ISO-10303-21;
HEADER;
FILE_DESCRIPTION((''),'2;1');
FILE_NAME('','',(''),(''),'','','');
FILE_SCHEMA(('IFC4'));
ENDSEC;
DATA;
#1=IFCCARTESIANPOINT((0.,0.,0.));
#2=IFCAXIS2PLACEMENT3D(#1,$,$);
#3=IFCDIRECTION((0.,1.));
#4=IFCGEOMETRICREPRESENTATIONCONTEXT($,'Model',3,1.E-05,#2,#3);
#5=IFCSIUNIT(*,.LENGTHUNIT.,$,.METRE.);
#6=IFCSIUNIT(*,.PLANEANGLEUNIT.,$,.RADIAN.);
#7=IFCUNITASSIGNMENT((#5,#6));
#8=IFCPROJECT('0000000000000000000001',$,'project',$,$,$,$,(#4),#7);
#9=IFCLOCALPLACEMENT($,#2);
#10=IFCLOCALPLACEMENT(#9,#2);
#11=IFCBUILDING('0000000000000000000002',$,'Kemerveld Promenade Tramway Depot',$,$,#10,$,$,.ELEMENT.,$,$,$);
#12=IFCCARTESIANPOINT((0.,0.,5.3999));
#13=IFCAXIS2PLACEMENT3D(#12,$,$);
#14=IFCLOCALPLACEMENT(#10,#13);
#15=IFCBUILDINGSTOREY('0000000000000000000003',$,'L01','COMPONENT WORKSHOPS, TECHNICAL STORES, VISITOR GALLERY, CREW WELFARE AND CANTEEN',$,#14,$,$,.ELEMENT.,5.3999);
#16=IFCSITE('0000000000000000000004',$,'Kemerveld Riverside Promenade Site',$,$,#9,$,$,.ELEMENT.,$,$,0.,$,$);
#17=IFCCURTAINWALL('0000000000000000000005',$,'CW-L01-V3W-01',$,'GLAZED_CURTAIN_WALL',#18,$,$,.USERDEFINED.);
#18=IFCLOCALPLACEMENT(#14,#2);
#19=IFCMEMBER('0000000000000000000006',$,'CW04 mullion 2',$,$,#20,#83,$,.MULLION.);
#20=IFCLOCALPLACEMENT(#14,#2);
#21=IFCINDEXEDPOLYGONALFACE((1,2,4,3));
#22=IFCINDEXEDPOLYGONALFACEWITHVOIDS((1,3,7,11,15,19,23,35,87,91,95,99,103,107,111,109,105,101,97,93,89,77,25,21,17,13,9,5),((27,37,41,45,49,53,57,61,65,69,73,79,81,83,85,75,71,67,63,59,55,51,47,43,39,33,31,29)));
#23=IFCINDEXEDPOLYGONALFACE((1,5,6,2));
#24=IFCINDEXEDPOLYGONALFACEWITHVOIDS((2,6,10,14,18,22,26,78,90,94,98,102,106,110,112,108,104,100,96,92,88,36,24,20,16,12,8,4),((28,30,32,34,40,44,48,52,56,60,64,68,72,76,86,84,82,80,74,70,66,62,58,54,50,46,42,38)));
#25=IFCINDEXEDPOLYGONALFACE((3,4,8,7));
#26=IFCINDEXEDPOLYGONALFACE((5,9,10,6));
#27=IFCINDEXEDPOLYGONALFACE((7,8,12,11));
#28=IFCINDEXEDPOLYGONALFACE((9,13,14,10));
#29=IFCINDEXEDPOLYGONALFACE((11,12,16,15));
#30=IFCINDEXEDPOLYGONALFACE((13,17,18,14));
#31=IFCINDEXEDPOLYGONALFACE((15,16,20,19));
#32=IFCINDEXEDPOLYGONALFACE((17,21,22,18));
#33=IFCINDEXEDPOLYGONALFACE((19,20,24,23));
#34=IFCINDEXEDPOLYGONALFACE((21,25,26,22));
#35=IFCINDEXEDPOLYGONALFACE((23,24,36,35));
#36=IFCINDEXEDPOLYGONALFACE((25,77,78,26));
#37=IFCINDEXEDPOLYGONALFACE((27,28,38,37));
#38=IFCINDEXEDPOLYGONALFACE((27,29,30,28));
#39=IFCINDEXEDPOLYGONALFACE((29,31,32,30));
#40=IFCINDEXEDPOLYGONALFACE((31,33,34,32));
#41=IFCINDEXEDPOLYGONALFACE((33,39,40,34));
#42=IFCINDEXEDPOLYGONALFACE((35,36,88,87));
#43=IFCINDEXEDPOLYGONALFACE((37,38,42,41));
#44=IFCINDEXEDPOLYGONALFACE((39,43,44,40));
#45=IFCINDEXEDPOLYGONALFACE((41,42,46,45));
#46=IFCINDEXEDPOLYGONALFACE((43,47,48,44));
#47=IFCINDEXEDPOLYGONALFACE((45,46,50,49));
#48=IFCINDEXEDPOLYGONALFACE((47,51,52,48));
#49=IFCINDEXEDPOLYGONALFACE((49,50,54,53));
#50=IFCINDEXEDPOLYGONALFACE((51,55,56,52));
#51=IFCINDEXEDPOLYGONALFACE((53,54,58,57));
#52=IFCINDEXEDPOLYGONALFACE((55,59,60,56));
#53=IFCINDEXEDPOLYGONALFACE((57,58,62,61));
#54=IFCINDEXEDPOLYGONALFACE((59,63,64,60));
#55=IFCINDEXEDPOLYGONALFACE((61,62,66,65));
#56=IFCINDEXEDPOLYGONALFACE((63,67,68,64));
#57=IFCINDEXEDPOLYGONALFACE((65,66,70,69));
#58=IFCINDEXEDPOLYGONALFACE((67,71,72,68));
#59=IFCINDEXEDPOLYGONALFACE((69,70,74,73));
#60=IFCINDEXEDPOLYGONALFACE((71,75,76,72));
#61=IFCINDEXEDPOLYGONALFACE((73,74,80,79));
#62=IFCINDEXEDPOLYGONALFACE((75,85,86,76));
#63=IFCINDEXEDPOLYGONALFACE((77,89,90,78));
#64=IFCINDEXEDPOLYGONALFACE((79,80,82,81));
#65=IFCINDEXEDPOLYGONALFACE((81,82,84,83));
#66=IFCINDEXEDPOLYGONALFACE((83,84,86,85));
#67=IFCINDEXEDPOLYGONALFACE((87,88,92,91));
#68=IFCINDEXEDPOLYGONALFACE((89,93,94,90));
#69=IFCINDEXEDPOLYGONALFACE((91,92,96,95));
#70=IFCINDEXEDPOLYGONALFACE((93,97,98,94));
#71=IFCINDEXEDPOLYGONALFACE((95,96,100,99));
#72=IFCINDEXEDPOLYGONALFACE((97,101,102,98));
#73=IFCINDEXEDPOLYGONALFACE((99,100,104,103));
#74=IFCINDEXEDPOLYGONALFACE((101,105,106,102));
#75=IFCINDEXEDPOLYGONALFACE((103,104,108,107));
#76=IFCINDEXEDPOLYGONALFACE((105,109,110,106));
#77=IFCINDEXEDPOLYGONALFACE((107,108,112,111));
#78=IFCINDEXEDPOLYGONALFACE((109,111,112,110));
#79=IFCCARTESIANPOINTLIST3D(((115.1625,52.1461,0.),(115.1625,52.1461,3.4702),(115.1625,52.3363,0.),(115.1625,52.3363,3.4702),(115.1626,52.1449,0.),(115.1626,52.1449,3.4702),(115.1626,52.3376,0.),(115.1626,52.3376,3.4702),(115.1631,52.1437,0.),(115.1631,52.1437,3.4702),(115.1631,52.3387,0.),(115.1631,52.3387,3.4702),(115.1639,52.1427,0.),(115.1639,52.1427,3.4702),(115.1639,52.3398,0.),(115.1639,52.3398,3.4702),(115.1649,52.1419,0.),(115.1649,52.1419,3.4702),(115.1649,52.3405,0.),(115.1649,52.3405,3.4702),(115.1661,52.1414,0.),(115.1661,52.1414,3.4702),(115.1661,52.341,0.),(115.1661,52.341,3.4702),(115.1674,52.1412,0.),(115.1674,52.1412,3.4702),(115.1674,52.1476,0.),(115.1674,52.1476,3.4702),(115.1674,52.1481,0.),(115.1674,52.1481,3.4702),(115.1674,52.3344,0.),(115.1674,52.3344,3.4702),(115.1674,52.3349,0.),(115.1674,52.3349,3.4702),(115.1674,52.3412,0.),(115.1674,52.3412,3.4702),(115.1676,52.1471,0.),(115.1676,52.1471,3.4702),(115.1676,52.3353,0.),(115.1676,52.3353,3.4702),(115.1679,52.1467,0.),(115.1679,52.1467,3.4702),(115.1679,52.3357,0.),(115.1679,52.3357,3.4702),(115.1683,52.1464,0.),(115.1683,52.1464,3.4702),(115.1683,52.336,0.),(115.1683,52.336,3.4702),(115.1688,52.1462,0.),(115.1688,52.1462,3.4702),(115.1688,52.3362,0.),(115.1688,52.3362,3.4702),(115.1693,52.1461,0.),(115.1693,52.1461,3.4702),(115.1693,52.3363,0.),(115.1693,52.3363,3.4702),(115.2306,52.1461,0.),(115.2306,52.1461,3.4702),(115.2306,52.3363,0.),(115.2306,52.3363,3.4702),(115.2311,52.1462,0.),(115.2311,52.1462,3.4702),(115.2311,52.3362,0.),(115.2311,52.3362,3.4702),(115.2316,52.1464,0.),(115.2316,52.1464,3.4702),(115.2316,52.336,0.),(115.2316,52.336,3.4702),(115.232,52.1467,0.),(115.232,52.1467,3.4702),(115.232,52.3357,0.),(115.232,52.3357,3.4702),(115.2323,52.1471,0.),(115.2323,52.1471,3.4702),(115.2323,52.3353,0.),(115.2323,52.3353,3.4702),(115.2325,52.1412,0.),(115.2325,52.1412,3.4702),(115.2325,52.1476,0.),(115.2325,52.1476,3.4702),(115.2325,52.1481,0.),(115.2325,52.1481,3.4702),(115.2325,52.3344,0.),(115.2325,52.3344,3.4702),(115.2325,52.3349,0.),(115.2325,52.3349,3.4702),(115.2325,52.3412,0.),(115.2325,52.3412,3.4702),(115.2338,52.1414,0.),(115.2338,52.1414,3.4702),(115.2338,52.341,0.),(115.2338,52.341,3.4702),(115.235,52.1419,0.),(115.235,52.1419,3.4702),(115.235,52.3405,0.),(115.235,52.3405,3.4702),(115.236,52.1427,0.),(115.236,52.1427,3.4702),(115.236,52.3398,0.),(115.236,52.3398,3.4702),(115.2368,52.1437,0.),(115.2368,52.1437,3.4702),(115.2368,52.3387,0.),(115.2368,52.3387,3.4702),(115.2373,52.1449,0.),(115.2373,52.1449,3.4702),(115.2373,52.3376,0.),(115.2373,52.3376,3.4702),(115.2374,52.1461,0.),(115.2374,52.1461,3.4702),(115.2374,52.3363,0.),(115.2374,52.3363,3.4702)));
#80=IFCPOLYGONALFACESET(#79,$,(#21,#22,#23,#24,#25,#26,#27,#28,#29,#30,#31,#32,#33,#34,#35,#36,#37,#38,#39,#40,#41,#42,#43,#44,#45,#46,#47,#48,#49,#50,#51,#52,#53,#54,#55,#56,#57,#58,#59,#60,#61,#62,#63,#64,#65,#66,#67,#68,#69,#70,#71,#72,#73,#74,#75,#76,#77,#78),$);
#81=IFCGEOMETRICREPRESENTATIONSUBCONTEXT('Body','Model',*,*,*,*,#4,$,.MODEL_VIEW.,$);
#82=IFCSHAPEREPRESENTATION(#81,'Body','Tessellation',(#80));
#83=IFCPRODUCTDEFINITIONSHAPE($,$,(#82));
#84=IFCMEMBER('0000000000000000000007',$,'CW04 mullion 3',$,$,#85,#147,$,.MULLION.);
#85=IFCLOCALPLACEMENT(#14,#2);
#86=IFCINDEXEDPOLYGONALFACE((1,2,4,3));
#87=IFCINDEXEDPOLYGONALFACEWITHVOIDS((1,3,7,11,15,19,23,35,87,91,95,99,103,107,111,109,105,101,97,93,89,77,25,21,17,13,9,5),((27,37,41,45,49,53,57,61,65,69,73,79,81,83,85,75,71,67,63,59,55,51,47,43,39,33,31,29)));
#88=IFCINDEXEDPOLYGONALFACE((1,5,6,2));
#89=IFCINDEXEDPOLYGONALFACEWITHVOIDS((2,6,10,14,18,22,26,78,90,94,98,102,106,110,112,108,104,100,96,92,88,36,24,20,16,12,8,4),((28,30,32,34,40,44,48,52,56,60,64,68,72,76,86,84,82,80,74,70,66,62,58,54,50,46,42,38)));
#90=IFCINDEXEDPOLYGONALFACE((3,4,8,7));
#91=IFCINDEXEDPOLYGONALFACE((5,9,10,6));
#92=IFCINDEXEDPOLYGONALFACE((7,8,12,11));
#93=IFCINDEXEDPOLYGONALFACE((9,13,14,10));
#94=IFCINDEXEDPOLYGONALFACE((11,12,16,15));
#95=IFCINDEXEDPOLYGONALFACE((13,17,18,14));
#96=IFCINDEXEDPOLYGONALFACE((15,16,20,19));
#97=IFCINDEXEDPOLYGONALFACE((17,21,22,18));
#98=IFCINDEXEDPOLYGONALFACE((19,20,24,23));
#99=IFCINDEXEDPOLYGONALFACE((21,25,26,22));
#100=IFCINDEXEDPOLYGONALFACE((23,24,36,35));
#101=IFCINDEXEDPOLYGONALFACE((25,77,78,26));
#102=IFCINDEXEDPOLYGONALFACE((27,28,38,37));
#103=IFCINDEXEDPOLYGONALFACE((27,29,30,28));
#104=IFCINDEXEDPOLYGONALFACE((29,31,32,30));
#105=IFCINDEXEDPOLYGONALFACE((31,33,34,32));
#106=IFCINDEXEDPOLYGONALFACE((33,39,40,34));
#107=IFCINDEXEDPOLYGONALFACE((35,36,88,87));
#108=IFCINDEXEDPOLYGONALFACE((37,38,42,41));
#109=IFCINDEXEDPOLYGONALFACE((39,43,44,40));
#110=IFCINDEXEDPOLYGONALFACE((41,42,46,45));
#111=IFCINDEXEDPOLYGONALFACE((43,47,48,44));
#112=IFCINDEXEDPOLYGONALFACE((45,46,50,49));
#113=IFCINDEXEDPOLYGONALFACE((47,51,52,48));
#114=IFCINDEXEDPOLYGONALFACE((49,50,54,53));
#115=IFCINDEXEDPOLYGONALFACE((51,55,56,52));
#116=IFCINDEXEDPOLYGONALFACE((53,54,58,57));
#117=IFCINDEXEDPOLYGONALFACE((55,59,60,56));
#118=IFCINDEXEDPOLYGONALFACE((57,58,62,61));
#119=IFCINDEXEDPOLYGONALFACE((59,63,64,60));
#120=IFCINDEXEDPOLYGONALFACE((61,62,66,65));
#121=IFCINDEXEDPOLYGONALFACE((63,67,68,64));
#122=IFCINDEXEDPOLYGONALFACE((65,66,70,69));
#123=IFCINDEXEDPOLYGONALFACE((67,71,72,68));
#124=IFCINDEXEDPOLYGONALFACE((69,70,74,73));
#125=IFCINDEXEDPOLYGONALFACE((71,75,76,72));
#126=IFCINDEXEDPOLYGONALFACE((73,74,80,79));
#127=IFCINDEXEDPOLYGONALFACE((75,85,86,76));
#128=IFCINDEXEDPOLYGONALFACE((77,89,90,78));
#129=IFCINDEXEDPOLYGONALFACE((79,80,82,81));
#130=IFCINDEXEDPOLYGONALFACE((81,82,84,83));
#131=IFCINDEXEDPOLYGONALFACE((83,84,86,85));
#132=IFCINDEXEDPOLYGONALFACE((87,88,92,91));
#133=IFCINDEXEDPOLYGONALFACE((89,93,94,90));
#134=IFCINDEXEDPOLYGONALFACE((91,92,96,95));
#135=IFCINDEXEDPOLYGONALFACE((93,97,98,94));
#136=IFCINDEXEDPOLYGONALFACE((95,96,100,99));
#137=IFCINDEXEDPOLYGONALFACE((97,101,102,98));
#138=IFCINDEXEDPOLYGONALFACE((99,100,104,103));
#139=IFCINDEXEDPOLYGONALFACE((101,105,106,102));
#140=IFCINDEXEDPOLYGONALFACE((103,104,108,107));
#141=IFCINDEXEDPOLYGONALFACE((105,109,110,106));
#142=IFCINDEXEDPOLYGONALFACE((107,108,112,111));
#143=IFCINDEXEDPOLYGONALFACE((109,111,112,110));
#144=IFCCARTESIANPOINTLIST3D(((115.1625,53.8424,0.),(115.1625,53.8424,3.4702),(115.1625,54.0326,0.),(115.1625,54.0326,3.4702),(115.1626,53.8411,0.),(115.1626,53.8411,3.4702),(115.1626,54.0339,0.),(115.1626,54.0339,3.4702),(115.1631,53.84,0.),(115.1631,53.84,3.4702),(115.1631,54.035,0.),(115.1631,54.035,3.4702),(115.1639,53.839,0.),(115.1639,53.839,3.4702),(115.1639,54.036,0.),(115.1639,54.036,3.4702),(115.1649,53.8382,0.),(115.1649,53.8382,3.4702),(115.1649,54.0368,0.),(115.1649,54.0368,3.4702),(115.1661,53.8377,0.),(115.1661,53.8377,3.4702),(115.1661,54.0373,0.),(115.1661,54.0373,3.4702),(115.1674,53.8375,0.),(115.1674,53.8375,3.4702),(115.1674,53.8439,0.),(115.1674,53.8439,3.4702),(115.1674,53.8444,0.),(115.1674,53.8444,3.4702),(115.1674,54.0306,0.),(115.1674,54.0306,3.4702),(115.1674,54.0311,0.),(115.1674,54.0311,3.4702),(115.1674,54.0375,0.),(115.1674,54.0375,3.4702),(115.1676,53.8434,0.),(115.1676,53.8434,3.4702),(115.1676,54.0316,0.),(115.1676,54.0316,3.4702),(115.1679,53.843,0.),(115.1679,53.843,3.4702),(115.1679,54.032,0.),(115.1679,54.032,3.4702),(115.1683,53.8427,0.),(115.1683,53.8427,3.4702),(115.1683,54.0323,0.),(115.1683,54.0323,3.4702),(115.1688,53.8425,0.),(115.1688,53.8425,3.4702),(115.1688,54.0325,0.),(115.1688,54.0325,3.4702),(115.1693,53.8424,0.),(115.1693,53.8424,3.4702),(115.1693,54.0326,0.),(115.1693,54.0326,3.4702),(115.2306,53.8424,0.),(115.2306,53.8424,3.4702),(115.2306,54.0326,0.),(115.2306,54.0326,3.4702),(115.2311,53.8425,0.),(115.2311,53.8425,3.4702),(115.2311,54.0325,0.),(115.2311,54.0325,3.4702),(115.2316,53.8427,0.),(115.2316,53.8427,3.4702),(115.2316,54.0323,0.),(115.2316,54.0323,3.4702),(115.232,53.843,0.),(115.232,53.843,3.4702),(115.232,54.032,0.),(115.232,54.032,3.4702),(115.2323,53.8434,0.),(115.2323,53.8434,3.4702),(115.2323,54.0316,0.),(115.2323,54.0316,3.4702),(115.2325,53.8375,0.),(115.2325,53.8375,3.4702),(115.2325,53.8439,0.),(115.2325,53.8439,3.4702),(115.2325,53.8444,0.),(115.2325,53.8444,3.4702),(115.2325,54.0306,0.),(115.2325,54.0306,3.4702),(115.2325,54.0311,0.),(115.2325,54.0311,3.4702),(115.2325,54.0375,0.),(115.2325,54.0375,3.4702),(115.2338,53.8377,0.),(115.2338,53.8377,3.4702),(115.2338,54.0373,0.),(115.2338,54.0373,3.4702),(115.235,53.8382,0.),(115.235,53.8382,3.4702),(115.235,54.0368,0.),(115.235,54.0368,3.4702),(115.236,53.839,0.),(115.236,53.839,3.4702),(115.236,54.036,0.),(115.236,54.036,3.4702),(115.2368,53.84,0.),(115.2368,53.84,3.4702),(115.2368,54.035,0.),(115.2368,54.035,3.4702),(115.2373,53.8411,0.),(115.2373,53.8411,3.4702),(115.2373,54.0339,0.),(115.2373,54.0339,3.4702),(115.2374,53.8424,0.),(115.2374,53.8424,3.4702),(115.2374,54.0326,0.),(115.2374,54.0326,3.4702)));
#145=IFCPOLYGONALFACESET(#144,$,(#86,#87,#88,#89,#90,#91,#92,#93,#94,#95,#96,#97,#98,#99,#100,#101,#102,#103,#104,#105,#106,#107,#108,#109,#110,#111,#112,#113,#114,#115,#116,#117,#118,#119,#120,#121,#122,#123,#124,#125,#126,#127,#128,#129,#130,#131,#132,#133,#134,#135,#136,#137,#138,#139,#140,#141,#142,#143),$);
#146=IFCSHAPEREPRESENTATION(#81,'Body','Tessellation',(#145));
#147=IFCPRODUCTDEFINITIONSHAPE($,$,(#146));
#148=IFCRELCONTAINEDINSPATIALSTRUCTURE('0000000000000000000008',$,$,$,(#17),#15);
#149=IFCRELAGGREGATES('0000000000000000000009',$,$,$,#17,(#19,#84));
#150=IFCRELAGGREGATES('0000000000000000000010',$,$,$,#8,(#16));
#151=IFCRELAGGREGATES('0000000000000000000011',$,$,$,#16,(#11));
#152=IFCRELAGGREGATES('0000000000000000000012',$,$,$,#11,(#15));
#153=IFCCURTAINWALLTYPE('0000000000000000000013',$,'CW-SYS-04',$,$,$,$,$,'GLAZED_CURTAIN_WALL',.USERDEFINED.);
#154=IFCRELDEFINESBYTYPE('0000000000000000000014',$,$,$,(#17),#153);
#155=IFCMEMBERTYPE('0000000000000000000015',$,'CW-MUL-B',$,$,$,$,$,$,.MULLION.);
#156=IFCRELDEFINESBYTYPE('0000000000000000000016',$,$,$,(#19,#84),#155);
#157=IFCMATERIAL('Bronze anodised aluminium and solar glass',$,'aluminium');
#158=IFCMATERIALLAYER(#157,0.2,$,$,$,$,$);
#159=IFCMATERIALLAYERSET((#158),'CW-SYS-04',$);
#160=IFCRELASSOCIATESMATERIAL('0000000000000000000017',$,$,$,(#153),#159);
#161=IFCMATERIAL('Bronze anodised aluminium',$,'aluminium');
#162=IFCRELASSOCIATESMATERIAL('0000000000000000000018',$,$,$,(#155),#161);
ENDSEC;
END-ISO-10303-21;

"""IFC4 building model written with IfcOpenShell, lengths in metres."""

from ifc_helpers import new_model, si_unit, direction, frame, origin, origin_2d, place, context, subcontext, project, spatial, hollow_rectangle, extrude, material, layer, layer_set, material_profile, profile_set, type_object, element, aggregate, save


model = new_model("IFC4")

# Units and contexts
model_context = context("Model", 3, precision=1e-05, world=origin(), true_north=direction((0.0, 1.0)))
body_context = subcontext(model_context, "Body", "Model", "MODEL_VIEW")
ifc_project = project(units=[si_unit("LENGTHUNIT", "METRE"), si_unit("PLANEANGLEUNIT", "RADIAN")], contexts=[model_context])

# Site, building, storey
site_placement = place(None, origin())
site = spatial("IfcSite", under=ifc_project, at=site_placement, Name="Kemerveld Riverside Promenade Site", CompositionType="ELEMENT", RefElevation=0.0)
building_placement = place(site_placement, origin())
building = spatial("IfcBuilding", under=site, at=building_placement, Name="Kemerveld Promenade Tramway Depot", CompositionType="ELEMENT")
storey_placement = place(building_placement, frame((0.0, 0.0, 5.3999)))
storey = spatial("IfcBuildingStorey", under=building, at=storey_placement, Name="L01", Description="COMPONENT WORKSHOPS, TECHNICAL STORES, VISITOR GALLERY, CREW WELFARE AND CANTEEN", CompositionType="ELEMENT", Elevation=5.3999)

# Curtain wall, members
ifc_material_1 = material(Name="Bronze anodised aluminium and solar glass", Category="aluminium")
ifc_layer_1 = layer(ifc_material_1, 0.2)
ifc_layer_set_1 = layer_set([ifc_layer_1], Name="CW-SYS-04")
curtain_wall_type = type_object("IfcCurtainWallType", Name="CW-SYS-04", ElementType="GLAZED_CURTAIN_WALL", PredefinedType="USERDEFINED", material=ifc_layer_set_1)
curtain_wall_placement = place(storey_placement, origin())
curtain_wall = element("IfcCurtainWall", 1, at=curtain_wall_placement, inside=storey, type_object=curtain_wall_type, Name="CW-L01-V3W-01", ObjectType="GLAZED_CURTAIN_WALL", PredefinedType="USERDEFINED")
ifc_material_2 = material(Name="Bronze anodised aluminium", Category="aluminium")
ifc_material_profile_1 = material_profile(ifc_material_2, hollow_rectangle(XDim=0.075, YDim=0.2, WallThickness=0.0049, InnerFilletRadius=0.002, OuterFilletRadius=0.0049, at=origin_2d()), Name="CW-MUL-200x75")
ifc_profile_set_1 = profile_set([ifc_material_profile_1], Name="Bronze anodised aluminium")
member_type_1 = type_object("IfcMemberType", Name="CW-MUL-B", PredefinedType="MULLION", material=ifc_profile_set_1)
member_1_placement = place(storey_placement, frame((115.2, 52.2412, 0.0), z_axis=(0.0, 0.0, 1.0), x_axis=(-1.0, 0.0, 0.0)))
member_1 = element("IfcMember", 2, at=member_1_placement, type_object=member_type_1, Name="CW04 mullion 2", PredefinedType="MULLION", context=body_context, shape_type="SweptSolid", body=[
    extrude(hollow_rectangle(XDim=0.075, YDim=0.2, WallThickness=0.0049, InnerFilletRadius=0.002, OuterFilletRadius=0.0049, at=origin_2d()), origin(), (0.0, 0.0, 1.0), 3.4702),
])
member_2_placement = place(storey_placement, frame((115.2, 53.9375, 0.0), z_axis=(0.0, 0.0, 1.0), x_axis=(-1.0, 0.0, 0.0)))
member_2 = element("IfcMember", 3, at=member_2_placement, type_object=member_type_1, Name="CW04 mullion 3", PredefinedType="MULLION", context=body_context, shape_type="SweptSolid", body=[
    extrude(hollow_rectangle(XDim=0.075, YDim=0.2, WallThickness=0.0049, InnerFilletRadius=0.002, OuterFilletRadius=0.0049, at=origin_2d()), origin(), (0.0, 0.0, 1.0), 3.4702),
])
aggregate(curtain_wall, [member_1, member_2])

save(model, "model.ifc")
